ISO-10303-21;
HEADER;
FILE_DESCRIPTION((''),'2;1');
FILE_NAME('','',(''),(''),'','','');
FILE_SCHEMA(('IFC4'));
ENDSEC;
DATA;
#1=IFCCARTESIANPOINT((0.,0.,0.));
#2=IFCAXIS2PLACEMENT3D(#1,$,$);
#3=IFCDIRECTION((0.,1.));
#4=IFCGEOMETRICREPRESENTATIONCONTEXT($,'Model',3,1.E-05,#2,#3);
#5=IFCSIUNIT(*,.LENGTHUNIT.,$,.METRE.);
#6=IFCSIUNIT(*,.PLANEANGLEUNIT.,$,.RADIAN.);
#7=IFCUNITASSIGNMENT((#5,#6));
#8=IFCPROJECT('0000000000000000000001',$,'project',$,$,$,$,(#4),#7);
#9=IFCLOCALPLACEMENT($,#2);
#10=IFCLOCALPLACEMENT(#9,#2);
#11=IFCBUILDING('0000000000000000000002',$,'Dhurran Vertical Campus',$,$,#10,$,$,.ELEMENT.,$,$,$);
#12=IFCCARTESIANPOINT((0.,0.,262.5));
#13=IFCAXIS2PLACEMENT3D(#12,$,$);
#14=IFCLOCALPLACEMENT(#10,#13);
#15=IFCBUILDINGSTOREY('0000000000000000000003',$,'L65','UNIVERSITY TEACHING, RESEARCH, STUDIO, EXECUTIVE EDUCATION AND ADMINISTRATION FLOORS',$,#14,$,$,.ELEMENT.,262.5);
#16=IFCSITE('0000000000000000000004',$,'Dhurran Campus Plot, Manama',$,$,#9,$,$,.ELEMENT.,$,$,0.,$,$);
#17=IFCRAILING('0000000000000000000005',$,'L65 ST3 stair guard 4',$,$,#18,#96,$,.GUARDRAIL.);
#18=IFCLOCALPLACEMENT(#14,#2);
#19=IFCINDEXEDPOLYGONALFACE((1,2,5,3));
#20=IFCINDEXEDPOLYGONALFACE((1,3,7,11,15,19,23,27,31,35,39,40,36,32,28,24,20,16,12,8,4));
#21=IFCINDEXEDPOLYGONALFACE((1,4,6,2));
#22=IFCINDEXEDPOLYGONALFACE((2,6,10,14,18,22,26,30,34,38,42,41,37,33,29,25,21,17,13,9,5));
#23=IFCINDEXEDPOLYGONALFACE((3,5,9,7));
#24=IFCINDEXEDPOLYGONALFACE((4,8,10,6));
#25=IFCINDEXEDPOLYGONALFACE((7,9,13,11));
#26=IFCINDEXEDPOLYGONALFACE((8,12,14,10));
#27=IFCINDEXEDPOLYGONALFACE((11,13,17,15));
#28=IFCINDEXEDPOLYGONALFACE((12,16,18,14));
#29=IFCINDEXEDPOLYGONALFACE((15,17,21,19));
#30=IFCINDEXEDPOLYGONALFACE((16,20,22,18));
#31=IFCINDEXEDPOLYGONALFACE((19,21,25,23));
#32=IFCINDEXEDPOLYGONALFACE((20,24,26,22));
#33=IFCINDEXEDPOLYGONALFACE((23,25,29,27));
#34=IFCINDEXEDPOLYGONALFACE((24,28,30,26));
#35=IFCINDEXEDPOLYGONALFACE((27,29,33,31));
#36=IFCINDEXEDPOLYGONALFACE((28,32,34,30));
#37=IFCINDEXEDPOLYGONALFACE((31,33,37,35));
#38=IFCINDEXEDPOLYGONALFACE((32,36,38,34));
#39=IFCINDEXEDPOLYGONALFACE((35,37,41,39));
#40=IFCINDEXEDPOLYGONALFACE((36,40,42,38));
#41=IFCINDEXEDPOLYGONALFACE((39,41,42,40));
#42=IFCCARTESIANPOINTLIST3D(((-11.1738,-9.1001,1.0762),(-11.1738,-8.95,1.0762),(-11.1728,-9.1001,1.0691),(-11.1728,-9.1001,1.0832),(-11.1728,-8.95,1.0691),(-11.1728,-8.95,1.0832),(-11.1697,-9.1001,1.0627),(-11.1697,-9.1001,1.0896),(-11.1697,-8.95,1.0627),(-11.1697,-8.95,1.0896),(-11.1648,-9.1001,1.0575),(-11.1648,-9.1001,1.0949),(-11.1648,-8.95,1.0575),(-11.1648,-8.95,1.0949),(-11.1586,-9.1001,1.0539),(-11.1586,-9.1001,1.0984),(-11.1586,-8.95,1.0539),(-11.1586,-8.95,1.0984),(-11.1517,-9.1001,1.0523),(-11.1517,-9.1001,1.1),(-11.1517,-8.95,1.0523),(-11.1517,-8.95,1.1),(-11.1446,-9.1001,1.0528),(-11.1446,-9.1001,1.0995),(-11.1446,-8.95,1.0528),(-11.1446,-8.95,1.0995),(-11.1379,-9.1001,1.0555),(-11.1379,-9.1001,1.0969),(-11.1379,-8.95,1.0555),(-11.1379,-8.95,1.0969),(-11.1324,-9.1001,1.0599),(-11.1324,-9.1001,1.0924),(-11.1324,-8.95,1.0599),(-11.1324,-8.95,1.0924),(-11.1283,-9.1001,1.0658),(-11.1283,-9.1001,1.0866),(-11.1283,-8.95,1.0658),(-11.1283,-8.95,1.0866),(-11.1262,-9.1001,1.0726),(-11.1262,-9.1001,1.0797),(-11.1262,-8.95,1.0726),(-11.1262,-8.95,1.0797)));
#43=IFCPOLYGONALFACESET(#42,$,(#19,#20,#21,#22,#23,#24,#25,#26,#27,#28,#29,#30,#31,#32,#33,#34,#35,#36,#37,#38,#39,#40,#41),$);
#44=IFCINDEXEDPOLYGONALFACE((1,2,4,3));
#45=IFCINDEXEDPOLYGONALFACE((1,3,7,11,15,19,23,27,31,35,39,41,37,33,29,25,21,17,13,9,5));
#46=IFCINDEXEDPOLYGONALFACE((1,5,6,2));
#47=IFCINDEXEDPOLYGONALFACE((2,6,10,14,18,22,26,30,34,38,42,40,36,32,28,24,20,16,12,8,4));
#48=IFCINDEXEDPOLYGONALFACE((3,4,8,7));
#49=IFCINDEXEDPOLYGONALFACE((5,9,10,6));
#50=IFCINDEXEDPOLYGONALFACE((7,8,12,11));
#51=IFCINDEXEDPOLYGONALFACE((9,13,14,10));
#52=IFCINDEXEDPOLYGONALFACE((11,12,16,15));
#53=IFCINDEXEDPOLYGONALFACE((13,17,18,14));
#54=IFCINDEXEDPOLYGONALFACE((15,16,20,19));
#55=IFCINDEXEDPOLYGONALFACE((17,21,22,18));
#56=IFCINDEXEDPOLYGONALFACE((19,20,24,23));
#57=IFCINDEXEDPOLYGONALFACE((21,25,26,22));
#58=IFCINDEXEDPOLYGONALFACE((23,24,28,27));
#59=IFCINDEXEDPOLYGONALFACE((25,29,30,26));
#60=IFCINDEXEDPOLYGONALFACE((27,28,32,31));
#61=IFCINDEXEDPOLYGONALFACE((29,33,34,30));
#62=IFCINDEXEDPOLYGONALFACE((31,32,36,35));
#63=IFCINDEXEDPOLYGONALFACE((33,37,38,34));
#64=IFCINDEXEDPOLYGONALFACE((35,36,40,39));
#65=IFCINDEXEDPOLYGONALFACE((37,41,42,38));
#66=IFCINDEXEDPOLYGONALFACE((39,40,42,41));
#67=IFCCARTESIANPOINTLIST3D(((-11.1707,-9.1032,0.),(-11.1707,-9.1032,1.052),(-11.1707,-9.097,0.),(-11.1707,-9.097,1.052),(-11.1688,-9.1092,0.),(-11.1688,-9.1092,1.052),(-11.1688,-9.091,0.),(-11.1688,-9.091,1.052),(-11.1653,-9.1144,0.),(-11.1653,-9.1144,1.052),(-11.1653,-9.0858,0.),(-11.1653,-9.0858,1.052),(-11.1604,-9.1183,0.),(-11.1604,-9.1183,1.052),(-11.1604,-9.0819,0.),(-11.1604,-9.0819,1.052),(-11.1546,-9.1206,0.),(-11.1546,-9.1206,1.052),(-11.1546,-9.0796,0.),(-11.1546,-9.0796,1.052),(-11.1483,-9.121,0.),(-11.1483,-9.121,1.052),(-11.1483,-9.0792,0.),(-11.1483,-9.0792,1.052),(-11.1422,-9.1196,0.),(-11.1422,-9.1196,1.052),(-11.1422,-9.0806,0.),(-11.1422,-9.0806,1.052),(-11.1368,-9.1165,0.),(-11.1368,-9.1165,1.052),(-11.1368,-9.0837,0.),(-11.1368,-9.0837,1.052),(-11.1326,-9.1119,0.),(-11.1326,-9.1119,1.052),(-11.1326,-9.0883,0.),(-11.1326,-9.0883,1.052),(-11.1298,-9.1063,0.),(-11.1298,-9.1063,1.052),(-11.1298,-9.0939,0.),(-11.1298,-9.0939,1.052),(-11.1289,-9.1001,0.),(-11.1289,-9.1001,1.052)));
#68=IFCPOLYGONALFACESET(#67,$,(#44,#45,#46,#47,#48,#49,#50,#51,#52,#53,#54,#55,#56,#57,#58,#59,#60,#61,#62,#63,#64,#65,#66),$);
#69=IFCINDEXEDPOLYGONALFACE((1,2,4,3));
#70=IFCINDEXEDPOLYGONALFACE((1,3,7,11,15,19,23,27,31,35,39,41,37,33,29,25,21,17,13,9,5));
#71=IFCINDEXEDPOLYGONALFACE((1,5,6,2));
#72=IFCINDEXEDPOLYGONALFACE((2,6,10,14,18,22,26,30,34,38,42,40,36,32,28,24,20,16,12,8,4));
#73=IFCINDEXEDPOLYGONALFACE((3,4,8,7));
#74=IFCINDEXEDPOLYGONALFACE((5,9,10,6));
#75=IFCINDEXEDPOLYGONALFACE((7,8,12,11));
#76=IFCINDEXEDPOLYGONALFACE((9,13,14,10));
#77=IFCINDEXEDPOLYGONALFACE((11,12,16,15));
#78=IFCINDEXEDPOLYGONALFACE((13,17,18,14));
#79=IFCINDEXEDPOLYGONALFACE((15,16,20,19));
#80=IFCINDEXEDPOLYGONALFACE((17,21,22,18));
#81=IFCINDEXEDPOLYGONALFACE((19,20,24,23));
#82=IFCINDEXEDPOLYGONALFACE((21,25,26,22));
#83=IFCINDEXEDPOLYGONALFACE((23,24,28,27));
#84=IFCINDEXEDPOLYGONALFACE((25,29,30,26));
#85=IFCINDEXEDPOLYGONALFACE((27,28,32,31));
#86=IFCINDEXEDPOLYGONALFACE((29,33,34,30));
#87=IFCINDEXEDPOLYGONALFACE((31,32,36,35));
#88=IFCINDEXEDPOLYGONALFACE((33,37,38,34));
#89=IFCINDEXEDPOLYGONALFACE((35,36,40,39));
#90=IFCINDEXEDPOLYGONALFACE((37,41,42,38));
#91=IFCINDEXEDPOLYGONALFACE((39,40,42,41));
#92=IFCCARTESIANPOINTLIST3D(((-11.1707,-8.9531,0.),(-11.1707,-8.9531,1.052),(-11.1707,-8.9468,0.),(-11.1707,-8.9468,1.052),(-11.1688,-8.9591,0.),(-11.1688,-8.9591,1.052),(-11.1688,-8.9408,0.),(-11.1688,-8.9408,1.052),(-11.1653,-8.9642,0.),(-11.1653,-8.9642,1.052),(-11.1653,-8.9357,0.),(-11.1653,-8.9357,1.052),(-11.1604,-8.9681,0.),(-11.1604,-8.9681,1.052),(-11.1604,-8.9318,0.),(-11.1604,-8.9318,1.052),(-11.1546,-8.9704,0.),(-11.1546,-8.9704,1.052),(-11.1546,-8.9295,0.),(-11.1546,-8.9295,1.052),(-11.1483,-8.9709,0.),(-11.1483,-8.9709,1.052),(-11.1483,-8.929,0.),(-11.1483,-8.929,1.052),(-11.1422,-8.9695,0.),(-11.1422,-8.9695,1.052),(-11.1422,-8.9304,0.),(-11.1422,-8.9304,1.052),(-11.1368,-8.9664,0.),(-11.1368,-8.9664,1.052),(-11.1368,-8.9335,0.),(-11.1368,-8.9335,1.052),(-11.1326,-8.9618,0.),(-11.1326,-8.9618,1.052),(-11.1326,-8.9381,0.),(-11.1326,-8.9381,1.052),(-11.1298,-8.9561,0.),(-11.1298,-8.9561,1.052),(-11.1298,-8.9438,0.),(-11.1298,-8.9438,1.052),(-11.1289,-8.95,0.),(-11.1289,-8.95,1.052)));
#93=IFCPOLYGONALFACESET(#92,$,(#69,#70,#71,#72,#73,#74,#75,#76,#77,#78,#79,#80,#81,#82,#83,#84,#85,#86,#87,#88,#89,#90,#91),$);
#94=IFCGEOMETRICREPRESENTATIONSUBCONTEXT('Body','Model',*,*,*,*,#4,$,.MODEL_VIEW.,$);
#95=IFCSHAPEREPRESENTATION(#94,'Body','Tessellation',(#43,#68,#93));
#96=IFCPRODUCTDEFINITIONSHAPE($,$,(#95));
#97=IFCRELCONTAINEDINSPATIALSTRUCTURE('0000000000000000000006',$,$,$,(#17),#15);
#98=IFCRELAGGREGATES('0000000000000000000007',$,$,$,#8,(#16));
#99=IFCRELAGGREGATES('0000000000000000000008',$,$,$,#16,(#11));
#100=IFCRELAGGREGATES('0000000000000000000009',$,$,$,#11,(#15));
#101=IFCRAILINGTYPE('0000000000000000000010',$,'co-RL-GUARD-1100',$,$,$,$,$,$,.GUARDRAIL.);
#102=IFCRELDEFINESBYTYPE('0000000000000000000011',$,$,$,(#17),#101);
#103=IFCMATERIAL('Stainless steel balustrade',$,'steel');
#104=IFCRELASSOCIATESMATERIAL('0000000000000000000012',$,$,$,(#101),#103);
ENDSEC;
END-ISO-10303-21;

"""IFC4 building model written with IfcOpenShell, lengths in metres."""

from ifc_helpers import new_model, si_unit, direction, frame, origin, origin_2d, place, context, subcontext, project, spatial, circle, extrude, material, type_object, element, save


model = new_model("IFC4")

# Units and contexts
model_context = context("Model", 3, precision=1e-05, world=origin(), true_north=direction((0.0, 1.0)))
body_context = subcontext(model_context, "Body", "Model", "MODEL_VIEW")
ifc_project = project(units=[si_unit("LENGTHUNIT", "METRE"), si_unit("PLANEANGLEUNIT", "RADIAN")], contexts=[model_context])

# Site, building, storey
site_placement = place(None, origin())
site = spatial("IfcSite", under=ifc_project, at=site_placement, Name="Dhurran Campus Plot, Manama", CompositionType="ELEMENT", RefElevation=0.0)
building_placement = place(site_placement, origin())
building = spatial("IfcBuilding", under=site, at=building_placement, Name="Dhurran Vertical Campus", CompositionType="ELEMENT")
storey_placement = place(building_placement, frame((0.0, 0.0, 262.5)))
storey = spatial("IfcBuildingStorey", under=building, at=storey_placement, Name="L65", Description="UNIVERSITY TEACHING, RESEARCH, STUDIO, EXECUTIVE EDUCATION AND ADMINISTRATION FLOORS", CompositionType="ELEMENT", Elevation=262.5)

# Railing
ifc_material_1 = material(Name="Stainless steel balustrade", Category="steel")
railing_type_1 = type_object("IfcRailingType", Name="co-RL-GUARD-1100", PredefinedType="GUARDRAIL", material=ifc_material_1)
railing_1_placement = place(storey_placement, frame((-11.1499, -9.1001, 0.0)))
element("IfcRailing", 1, at=railing_1_placement, inside=storey, type_object=railing_type_1, Name="L65 ST3 stair guard 4", PredefinedType="GUARDRAIL", context=body_context, shape_type="SweptSolid", body=[
    extrude(circle(Radius=0.0239, at=origin_2d()), frame((0.0, 0.0, 1.0762), z_axis=(0.0, 1.0, 0.0), x_axis=(-1.0, 0.0, 0.0)), (0.0, 0.0, 1.0), 0.1501),
    extrude(circle(Radius=0.021, at=origin_2d()), origin(), (0.0, 0.0, 1.0), 1.052),
    extrude(circle(Radius=0.021, at=origin_2d()), frame((0.0, 0.1501, 0.0)), (0.0, 0.0, 1.0), 1.052),
])

save(model, "model.ifc")
